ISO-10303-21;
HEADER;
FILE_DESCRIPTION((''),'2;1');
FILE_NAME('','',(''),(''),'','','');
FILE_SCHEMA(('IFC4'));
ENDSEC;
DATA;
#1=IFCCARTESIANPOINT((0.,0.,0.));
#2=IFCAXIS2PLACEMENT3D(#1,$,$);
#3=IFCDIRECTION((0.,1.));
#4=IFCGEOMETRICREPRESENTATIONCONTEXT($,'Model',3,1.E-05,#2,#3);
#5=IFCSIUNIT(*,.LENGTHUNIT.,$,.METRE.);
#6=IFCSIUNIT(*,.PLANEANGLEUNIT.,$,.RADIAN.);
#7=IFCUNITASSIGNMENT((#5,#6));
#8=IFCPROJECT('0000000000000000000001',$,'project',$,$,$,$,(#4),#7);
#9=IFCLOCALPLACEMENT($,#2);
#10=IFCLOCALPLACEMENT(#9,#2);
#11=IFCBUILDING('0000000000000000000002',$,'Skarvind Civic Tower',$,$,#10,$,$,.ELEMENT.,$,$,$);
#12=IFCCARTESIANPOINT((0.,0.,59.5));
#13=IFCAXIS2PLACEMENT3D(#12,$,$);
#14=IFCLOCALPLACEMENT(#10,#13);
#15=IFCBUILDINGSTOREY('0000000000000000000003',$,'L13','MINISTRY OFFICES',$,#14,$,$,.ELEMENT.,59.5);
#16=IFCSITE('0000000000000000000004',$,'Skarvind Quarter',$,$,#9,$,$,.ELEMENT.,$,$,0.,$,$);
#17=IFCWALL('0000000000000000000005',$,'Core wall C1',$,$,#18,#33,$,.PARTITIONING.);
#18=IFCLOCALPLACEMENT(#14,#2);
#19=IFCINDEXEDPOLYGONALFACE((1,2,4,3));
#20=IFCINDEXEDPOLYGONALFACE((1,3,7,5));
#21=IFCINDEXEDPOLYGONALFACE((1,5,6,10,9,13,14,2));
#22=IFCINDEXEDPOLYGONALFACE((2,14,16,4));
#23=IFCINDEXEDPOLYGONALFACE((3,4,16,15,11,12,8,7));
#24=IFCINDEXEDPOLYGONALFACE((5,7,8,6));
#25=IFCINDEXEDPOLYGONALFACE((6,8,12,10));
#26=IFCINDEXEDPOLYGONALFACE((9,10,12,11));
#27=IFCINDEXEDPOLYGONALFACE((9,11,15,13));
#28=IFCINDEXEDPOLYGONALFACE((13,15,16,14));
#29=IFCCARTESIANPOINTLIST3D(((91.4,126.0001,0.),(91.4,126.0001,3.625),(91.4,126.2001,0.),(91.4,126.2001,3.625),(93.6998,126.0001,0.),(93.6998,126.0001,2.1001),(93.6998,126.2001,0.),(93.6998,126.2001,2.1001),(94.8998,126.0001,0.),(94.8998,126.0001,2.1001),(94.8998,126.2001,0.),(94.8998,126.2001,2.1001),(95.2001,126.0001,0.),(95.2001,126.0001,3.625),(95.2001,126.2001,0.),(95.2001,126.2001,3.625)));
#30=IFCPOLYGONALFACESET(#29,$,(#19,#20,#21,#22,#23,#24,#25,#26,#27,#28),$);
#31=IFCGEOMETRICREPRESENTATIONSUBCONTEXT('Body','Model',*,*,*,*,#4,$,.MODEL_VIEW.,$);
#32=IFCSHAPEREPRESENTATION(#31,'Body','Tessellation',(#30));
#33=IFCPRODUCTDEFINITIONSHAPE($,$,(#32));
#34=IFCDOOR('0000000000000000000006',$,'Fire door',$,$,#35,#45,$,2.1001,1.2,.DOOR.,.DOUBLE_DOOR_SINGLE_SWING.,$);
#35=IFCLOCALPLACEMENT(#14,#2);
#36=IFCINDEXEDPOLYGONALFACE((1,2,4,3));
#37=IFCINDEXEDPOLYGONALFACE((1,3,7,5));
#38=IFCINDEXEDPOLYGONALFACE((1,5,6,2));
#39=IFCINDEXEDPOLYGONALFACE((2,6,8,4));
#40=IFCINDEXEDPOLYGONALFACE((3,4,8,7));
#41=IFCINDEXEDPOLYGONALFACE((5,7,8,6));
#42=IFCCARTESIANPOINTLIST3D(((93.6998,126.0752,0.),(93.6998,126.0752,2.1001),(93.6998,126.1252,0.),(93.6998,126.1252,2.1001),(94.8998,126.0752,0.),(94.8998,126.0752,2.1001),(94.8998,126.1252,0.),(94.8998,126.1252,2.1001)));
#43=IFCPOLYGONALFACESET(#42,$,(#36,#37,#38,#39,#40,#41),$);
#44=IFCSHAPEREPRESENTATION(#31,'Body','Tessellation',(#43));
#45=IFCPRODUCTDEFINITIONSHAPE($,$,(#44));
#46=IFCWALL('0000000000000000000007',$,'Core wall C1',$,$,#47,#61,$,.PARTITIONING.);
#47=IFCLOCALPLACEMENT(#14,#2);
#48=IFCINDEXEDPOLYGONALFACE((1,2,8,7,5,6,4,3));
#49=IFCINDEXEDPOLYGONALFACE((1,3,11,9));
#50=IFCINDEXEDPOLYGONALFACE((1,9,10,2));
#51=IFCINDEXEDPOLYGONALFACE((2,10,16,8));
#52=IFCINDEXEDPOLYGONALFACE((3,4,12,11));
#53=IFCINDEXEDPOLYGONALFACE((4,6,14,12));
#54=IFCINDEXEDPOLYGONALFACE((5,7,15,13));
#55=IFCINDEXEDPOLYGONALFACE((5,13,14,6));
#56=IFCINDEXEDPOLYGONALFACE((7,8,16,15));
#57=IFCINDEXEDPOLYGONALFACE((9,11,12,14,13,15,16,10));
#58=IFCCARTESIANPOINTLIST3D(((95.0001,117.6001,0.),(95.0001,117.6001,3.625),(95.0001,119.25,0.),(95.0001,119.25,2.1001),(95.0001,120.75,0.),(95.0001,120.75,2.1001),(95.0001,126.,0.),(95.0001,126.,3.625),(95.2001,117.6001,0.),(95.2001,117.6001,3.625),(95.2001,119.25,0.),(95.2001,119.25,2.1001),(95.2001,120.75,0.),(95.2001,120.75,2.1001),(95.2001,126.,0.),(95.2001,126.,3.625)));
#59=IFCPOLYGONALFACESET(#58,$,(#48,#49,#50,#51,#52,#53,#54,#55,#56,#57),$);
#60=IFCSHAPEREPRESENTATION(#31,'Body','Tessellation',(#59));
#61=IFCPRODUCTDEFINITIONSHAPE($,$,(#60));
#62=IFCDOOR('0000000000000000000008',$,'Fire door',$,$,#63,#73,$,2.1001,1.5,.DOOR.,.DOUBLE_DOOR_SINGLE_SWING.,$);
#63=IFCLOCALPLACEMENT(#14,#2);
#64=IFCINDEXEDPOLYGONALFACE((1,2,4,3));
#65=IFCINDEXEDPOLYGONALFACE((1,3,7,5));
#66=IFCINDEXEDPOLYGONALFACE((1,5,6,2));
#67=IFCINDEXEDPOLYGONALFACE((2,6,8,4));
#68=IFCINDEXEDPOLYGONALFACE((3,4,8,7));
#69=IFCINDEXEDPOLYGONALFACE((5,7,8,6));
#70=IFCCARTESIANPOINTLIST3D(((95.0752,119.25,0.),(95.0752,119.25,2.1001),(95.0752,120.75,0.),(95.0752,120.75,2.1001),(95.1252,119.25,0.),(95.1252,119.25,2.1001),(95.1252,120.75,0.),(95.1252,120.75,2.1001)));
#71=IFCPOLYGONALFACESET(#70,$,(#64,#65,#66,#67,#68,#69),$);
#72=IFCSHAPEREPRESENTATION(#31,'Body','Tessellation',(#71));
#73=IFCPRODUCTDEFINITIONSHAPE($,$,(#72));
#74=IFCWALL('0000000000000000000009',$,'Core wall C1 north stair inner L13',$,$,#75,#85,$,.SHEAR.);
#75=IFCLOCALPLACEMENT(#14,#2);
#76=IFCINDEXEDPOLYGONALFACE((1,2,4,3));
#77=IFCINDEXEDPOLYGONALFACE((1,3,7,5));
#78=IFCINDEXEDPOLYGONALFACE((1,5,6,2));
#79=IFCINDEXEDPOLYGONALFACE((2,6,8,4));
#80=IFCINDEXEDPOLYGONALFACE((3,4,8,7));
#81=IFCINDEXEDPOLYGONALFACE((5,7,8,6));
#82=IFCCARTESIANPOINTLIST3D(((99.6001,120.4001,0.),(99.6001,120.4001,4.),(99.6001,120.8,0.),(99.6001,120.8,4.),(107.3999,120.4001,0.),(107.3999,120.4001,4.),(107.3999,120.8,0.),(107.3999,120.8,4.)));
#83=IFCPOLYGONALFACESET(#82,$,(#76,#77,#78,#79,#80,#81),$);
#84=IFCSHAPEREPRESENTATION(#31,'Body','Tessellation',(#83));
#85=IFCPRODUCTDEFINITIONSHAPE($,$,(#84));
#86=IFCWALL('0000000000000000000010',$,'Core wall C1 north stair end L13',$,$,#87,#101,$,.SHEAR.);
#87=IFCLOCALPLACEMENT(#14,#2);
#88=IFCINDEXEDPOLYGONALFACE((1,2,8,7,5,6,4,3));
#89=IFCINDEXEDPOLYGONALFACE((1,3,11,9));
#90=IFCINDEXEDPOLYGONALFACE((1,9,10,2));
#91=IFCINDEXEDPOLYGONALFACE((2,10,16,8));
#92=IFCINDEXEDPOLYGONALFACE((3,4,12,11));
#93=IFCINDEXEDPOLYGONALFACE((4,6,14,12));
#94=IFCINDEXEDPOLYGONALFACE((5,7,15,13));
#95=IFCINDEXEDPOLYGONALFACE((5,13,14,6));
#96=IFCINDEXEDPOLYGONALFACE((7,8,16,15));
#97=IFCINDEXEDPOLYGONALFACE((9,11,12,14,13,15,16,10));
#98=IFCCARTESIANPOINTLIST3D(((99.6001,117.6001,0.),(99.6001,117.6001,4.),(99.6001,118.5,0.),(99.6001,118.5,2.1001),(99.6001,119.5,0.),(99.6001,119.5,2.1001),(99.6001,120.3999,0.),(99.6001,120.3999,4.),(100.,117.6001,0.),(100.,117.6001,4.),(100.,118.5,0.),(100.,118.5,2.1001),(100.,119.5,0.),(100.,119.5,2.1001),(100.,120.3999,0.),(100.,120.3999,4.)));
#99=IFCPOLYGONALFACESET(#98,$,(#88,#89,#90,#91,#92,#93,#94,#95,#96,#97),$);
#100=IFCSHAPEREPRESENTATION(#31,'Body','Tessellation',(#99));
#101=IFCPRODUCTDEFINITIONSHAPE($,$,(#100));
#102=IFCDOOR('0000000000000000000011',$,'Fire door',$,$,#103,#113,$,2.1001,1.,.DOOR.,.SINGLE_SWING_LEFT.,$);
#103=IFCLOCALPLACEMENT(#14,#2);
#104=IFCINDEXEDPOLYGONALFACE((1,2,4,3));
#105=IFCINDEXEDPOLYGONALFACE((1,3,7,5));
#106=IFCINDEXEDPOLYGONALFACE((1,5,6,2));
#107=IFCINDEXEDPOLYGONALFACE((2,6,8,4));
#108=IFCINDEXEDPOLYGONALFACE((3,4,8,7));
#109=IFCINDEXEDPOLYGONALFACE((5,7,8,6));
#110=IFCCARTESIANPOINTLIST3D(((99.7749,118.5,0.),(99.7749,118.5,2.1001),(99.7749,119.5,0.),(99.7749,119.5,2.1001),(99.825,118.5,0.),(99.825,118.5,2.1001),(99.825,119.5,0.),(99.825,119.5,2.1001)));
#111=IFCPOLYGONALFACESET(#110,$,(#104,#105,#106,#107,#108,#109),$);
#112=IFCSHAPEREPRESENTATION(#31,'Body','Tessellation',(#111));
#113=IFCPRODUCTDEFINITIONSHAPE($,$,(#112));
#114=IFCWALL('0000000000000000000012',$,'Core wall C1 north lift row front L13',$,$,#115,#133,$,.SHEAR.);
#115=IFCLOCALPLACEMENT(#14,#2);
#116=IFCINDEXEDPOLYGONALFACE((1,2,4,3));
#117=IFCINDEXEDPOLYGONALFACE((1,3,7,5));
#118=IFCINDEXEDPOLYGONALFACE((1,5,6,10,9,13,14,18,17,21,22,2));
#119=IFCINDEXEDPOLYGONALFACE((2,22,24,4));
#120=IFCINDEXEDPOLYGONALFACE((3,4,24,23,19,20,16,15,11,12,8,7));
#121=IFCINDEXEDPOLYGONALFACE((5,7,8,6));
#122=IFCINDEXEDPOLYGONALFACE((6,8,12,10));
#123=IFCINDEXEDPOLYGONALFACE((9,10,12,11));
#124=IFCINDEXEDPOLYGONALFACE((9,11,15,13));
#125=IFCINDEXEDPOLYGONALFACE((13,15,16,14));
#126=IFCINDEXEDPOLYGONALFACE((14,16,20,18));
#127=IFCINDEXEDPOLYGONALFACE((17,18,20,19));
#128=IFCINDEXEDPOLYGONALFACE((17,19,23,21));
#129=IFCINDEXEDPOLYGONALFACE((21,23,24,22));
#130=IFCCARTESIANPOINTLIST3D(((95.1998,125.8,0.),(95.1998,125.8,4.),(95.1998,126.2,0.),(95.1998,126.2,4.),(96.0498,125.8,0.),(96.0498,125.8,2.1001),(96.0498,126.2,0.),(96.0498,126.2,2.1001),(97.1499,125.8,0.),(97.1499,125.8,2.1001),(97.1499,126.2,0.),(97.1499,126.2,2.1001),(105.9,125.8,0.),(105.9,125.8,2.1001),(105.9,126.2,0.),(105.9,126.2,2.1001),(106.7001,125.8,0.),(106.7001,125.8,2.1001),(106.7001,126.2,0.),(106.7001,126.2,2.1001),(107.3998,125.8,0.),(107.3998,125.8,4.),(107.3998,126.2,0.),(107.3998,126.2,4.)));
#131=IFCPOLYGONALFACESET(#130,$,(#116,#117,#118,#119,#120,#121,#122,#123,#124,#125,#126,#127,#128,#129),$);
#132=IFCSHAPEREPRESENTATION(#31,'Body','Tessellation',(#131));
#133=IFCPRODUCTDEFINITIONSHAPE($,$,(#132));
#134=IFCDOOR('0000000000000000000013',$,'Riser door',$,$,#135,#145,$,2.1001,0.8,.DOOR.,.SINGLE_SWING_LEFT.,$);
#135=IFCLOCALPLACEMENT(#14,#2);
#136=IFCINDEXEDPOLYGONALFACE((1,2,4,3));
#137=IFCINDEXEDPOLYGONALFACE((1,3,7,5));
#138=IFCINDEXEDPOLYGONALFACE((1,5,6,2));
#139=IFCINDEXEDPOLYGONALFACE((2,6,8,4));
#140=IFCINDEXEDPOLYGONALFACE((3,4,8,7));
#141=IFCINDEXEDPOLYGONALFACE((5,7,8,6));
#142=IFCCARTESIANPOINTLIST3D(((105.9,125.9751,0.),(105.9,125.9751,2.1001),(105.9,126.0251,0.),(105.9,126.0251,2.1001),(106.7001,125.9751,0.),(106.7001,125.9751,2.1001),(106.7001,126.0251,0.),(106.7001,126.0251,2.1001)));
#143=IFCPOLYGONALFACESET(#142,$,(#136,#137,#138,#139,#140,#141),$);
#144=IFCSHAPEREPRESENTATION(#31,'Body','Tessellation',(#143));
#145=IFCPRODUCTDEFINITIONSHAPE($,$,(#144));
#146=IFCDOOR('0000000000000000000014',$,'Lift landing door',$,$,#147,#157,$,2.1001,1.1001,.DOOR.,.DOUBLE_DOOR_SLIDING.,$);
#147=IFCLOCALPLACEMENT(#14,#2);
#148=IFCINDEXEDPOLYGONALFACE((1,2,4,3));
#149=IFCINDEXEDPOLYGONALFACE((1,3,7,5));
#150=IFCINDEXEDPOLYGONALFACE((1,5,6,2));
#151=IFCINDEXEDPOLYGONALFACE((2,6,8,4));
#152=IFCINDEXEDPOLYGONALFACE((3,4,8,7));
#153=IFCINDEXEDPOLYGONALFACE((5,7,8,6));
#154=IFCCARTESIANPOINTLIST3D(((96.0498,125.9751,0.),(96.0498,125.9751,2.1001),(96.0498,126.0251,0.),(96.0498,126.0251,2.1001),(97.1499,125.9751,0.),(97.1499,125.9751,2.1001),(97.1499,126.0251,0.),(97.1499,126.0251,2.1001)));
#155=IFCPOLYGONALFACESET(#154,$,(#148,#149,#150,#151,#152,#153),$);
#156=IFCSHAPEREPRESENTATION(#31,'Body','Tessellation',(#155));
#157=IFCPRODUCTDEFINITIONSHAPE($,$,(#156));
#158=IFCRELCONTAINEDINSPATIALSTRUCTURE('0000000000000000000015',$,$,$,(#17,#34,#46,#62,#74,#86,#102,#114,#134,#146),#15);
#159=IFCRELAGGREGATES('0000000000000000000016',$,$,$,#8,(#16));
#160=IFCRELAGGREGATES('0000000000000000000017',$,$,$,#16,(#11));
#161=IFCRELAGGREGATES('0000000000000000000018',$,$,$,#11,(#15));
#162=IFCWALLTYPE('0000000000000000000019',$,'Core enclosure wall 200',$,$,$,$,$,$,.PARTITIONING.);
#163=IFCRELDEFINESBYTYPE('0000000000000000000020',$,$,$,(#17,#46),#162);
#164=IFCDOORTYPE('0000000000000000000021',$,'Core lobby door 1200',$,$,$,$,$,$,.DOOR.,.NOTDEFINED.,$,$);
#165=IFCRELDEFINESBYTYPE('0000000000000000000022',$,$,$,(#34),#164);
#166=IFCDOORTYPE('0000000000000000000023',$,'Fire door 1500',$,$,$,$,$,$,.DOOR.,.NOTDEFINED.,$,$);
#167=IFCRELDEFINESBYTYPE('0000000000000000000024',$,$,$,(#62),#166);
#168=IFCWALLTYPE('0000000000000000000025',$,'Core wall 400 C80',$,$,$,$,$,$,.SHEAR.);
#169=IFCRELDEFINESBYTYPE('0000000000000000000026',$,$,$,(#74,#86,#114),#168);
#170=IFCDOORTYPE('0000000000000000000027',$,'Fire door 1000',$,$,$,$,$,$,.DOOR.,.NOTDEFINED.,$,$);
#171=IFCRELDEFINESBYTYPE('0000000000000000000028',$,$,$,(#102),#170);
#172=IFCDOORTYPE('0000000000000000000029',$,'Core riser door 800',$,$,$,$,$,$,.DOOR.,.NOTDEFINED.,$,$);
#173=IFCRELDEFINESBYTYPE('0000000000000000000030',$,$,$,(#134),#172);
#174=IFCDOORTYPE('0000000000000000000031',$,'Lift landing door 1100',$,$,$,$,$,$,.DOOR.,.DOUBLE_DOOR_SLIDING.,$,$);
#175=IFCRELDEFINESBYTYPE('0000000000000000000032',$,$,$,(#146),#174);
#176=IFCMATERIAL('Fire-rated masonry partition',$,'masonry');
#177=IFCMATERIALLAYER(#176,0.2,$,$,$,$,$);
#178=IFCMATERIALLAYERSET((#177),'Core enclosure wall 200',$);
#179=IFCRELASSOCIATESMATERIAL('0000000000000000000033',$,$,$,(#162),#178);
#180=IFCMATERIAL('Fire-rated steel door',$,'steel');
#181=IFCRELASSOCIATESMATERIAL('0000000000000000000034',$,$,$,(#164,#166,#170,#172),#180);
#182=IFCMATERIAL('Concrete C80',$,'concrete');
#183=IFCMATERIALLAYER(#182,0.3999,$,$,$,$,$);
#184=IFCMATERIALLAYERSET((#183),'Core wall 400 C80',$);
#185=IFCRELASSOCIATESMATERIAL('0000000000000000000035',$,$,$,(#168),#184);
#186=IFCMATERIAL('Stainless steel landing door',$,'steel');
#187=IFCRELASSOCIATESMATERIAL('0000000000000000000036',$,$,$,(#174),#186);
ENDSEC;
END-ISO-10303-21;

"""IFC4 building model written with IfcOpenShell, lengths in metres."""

from ifc_helpers import new_model, si_unit, direction, frame, frame_2d, origin, place, context, subcontext, project, spatial, rectangle, extrude, material, layer, layer_set, type_object, element, fill, save


model = new_model("IFC4")

# Units and contexts
model_context = context("Model", 3, precision=1e-05, world=origin(), true_north=direction((0.0, 1.0)))
body_context = subcontext(model_context, "Body", "Model", "MODEL_VIEW")
ifc_project = project(units=[si_unit("LENGTHUNIT", "METRE"), si_unit("PLANEANGLEUNIT", "RADIAN")], contexts=[model_context])

# Site, building, storey
site_placement = place(None, origin())
site = spatial("IfcSite", under=ifc_project, at=site_placement, Name="Skarvind Quarter", CompositionType="ELEMENT", RefElevation=0.0)
building_placement = place(site_placement, origin())
building = spatial("IfcBuilding", under=site, at=building_placement, Name="Skarvind Civic Tower", CompositionType="ELEMENT")
storey_placement = place(building_placement, frame((0.0, 0.0, 59.5)))
storey = spatial("IfcBuildingStorey", under=building, at=storey_placement, Name="L13", Description="MINISTRY OFFICES", CompositionType="ELEMENT", Elevation=59.5)

# Walls, openings, doors
ifc_material_1 = material(Name="Fire-rated masonry partition", Category="masonry")
ifc_layer_1 = layer(ifc_material_1, 0.2)
ifc_layer_set_1 = layer_set([ifc_layer_1], Name="Core enclosure wall 200")
wall_type_1 = type_object("IfcWallType", Name="Core enclosure wall 200", PredefinedType="PARTITIONING", material=ifc_layer_set_1)
wall_1_placement = place(storey_placement, frame((95.2, 126.1001, 0.0), z_axis=(0.0, 0.0, 1.0), x_axis=(-1.0, 0.0, 0.0)))
wall_1 = element("IfcWall", 1, at=wall_1_placement, inside=storey, type_object=wall_type_1, Name="Core wall C1", PredefinedType="PARTITIONING", context=body_context, shape_type="SweptSolid", body=[
    extrude(rectangle(XDim=3.8, YDim=0.2, at=frame_2d((1.8999, 0.0))), origin(), (0.0, 0.0, 1.0), 3.625),
])
opening_1_placement = place(wall_1_placement, frame((0.3, 0.0, 0.0)))
opening_1 = element("IfcOpeningElement", 2, at=opening_1_placement, cuts=wall_1, PredefinedType="OPENING", context=body_context, shape_type="SweptSolid", body=[
    extrude(rectangle(XDim=1.2, YDim=2.1001, at=frame_2d((0.6001, 1.05))), frame((0.0, 0.1099, 0.0), z_axis=(0.0, -1.0, 0.0), x_axis=(1.0, 0.0, 0.0)), (0.0, 0.0, 1.0), 0.22),
])
ifc_material_2 = material(Name="Fire-rated steel door", Category="steel")
door_type_1 = type_object("IfcDoorType", Name="Core lobby door 1200", OperationType="NOTDEFINED", PredefinedType="DOOR", material=ifc_material_2)
door_1_placement = place(opening_1_placement, origin())
door_1 = element("IfcDoor", 3, at=door_1_placement, inside=storey, type_object=door_type_1, Name="Fire door", OperationType="DOUBLE_DOOR_SINGLE_SWING", OverallHeight=2.1001, OverallWidth=1.2, PredefinedType="DOOR", context=body_context, shape_type="SweptSolid", body=[
    extrude(rectangle(XDim=1.2, YDim=2.1001, at=frame_2d((0.6001, 1.05))), frame((0.0, 0.0249, 0.0), z_axis=(0.0, -1.0, 0.0), x_axis=(1.0, 0.0, 0.0)), (0.0, 0.0, 1.0), 0.05),
])
fill(opening_1, door_1)
wall_2_placement = place(storey_placement, frame((95.1001, 117.6001, 0.0), z_axis=(0.0, 0.0, 1.0), x_axis=(0.0, 1.0, 0.0)))
wall_2 = element("IfcWall", 4, at=wall_2_placement, inside=storey, type_object=wall_type_1, Name="Core wall C1", PredefinedType="PARTITIONING", context=body_context, shape_type="SweptSolid", body=[
    extrude(rectangle(XDim=8.3999, YDim=0.2, at=frame_2d((4.2, 0.0))), origin(), (0.0, 0.0, 1.0), 3.625),
])
opening_2_placement = place(wall_2_placement, frame((1.6499, 0.0, 0.0)))
opening_2 = element("IfcOpeningElement", 5, at=opening_2_placement, cuts=wall_2, PredefinedType="OPENING", context=body_context, shape_type="SweptSolid", body=[
    extrude(rectangle(XDim=1.5, YDim=2.1001, at=frame_2d((0.75, 1.05))), frame((0.0, 0.1099, 0.0), z_axis=(0.0, -1.0, 0.0), x_axis=(1.0, 0.0, 0.0)), (0.0, 0.0, 1.0), 0.22),
])
door_type_2 = type_object("IfcDoorType", Name="Fire door 1500", OperationType="NOTDEFINED", PredefinedType="DOOR", material=ifc_material_2)
door_2_placement = place(opening_2_placement, origin())
door_2 = element("IfcDoor", 6, at=door_2_placement, inside=storey, type_object=door_type_2, Name="Fire door", OperationType="DOUBLE_DOOR_SINGLE_SWING", OverallHeight=2.1001, OverallWidth=1.5, PredefinedType="DOOR", context=body_context, shape_type="SweptSolid", body=[
    extrude(rectangle(XDim=1.5, YDim=2.1001, at=frame_2d((0.75, 1.05))), frame((0.0, 0.0249, 0.0), z_axis=(0.0, -1.0, 0.0), x_axis=(1.0, 0.0, 0.0)), (0.0, 0.0, 1.0), 0.05),
])
fill(opening_2, door_2)

# Wall
ifc_material_3 = material(Name="Concrete C80", Category="concrete")
ifc_layer_2 = layer(ifc_material_3, 0.3999)
ifc_layer_set_2 = layer_set([ifc_layer_2], Name="Core wall 400 C80")
wall_type_2 = type_object("IfcWallType", Name="Core wall 400 C80", PredefinedType="SHEAR", material=ifc_layer_set_2)
wall_3_placement = place(storey_placement, frame((107.3999, 120.6001, 0.0), z_axis=(0.0, 0.0, 1.0), x_axis=(-1.0, 0.0, 0.0)))
element("IfcWall", 7, at=wall_3_placement, inside=storey, type_object=wall_type_2, Name="Core wall C1 north stair inner L13", PredefinedType="SHEAR", context=body_context, shape_type="SweptSolid", body=[
    extrude(rectangle(XDim=7.7998, YDim=0.3999, at=frame_2d((3.8999, 0.0))), origin(), (0.0, 0.0, 1.0), 4.0),
])

# Wall, opening, door
wall_4_placement = place(storey_placement, frame((99.8, 120.3999, 0.0), z_axis=(0.0, 0.0, 1.0), x_axis=(0.0, -1.0, 0.0)))
wall_4 = element("IfcWall", 8, at=wall_4_placement, inside=storey, type_object=wall_type_2, Name="Core wall C1 north stair end L13", PredefinedType="SHEAR", context=body_context, shape_type="SweptSolid", body=[
    extrude(rectangle(XDim=2.7998, YDim=0.3999, at=frame_2d((1.3999, 0.0))), origin(), (0.0, 0.0, 1.0), 4.0),
])
opening_3_placement = place(wall_4_placement, frame((0.8999, 0.0, 0.0)))
opening_3 = element("IfcOpeningElement", 9, at=opening_3_placement, cuts=wall_4, PredefinedType="OPENING", context=body_context, shape_type="SweptSolid", body=[
    extrude(rectangle(XDim=1.0, YDim=2.1001, at=frame_2d((0.5, 1.05))), frame((0.0, 0.21, 0.0), z_axis=(0.0, -1.0, 0.0), x_axis=(1.0, 0.0, 0.0)), (0.0, 0.0, 1.0), 0.4199),
])
door_type_3 = type_object("IfcDoorType", Name="Fire door 1000", OperationType="NOTDEFINED", PredefinedType="DOOR", material=ifc_material_2)
door_3_placement = place(opening_3_placement, origin())
door_3 = element("IfcDoor", 10, at=door_3_placement, inside=storey, type_object=door_type_3, Name="Fire door", OperationType="SINGLE_SWING_LEFT", OverallHeight=2.1001, OverallWidth=1.0, PredefinedType="DOOR", context=body_context, shape_type="SweptSolid", body=[
    extrude(rectangle(XDim=1.0, YDim=2.1001, at=frame_2d((0.5, 1.05))), frame((0.0, 0.0249, 0.0), z_axis=(0.0, -1.0, 0.0), x_axis=(1.0, 0.0, 0.0)), (0.0, 0.0, 1.0), 0.05),
])
fill(opening_3, door_3)

# Wall, openings, doors
wall_5_placement = place(storey_placement, frame((107.3999, 126.0, 0.0), z_axis=(0.0, 0.0, 1.0), x_axis=(-1.0, 0.0, 0.0)))
wall_5 = element("IfcWall", 11, at=wall_5_placement, inside=storey, type_object=wall_type_2, Name="Core wall C1 north lift row front L13", PredefinedType="SHEAR", context=body_context, shape_type="SweptSolid", body=[
    extrude(rectangle(XDim=12.2, YDim=0.3999, at=frame_2d((6.1001, 0.0))), origin(), (0.0, 0.0, 1.0), 4.0),
])
opening_4_placement = place(wall_5_placement, frame((10.25, 0.0, 0.0)))
opening_4 = element("IfcOpeningElement", 12, at=opening_4_placement, cuts=wall_5, PredefinedType="OPENING", context=body_context, shape_type="SweptSolid", body=[
    extrude(rectangle(XDim=1.1001, YDim=2.1001, at=frame_2d((0.55, 1.05))), frame((0.0, 0.21, 0.0), z_axis=(0.0, -1.0, 0.0), x_axis=(1.0, 0.0, 0.0)), (0.0, 0.0, 1.0), 0.4199),
])
opening_5_placement = place(wall_5_placement, frame((0.7, 0.0, 0.0)))
opening_5 = element("IfcOpeningElement", 13, at=opening_5_placement, cuts=wall_5, PredefinedType="OPENING", context=body_context, shape_type="SweptSolid", body=[
    extrude(rectangle(XDim=0.8, YDim=2.1001, at=frame_2d((0.3999, 1.05))), frame((0.0, 0.21, 0.0), z_axis=(0.0, -1.0, 0.0), x_axis=(1.0, 0.0, 0.0)), (0.0, 0.0, 1.0), 0.4199),
])
door_type_4 = type_object("IfcDoorType", Name="Core riser door 800", OperationType="NOTDEFINED", PredefinedType="DOOR", material=ifc_material_2)
door_4_placement = place(opening_5_placement, origin())
door_4 = element("IfcDoor", 14, at=door_4_placement, inside=storey, type_object=door_type_4, Name="Riser door", OperationType="SINGLE_SWING_LEFT", OverallHeight=2.1001, OverallWidth=0.8, PredefinedType="DOOR", context=body_context, shape_type="SweptSolid", body=[
    extrude(rectangle(XDim=0.8, YDim=2.1001, at=frame_2d((0.3999, 1.05))), frame((0.0, 0.0249, 0.0), z_axis=(0.0, -1.0, 0.0), x_axis=(1.0, 0.0, 0.0)), (0.0, 0.0, 1.0), 0.05),
])
fill(opening_5, door_4)
ifc_material_4 = material(Name="Stainless steel landing door", Category="steel")
door_type_5 = type_object("IfcDoorType", Name="Lift landing door 1100", OperationType="DOUBLE_DOOR_SLIDING", PredefinedType="DOOR", material=ifc_material_4)
door_5_placement = place(opening_4_placement, origin())
door_5 = element("IfcDoor", 15, at=door_5_placement, inside=storey, type_object=door_type_5, Name="Lift landing door", OperationType="DOUBLE_DOOR_SLIDING", OverallHeight=2.1001, OverallWidth=1.1001, PredefinedType="DOOR", context=body_context, shape_type="SweptSolid", body=[
    extrude(rectangle(XDim=1.1001, YDim=2.1001, at=frame_2d((0.55, 1.05))), frame((0.0, 0.0249, 0.0), z_axis=(0.0, -1.0, 0.0), x_axis=(1.0, 0.0, 0.0)), (0.0, 0.0, 1.0), 0.05),
])
fill(opening_4, door_5)

save(model, "model.ifc")
